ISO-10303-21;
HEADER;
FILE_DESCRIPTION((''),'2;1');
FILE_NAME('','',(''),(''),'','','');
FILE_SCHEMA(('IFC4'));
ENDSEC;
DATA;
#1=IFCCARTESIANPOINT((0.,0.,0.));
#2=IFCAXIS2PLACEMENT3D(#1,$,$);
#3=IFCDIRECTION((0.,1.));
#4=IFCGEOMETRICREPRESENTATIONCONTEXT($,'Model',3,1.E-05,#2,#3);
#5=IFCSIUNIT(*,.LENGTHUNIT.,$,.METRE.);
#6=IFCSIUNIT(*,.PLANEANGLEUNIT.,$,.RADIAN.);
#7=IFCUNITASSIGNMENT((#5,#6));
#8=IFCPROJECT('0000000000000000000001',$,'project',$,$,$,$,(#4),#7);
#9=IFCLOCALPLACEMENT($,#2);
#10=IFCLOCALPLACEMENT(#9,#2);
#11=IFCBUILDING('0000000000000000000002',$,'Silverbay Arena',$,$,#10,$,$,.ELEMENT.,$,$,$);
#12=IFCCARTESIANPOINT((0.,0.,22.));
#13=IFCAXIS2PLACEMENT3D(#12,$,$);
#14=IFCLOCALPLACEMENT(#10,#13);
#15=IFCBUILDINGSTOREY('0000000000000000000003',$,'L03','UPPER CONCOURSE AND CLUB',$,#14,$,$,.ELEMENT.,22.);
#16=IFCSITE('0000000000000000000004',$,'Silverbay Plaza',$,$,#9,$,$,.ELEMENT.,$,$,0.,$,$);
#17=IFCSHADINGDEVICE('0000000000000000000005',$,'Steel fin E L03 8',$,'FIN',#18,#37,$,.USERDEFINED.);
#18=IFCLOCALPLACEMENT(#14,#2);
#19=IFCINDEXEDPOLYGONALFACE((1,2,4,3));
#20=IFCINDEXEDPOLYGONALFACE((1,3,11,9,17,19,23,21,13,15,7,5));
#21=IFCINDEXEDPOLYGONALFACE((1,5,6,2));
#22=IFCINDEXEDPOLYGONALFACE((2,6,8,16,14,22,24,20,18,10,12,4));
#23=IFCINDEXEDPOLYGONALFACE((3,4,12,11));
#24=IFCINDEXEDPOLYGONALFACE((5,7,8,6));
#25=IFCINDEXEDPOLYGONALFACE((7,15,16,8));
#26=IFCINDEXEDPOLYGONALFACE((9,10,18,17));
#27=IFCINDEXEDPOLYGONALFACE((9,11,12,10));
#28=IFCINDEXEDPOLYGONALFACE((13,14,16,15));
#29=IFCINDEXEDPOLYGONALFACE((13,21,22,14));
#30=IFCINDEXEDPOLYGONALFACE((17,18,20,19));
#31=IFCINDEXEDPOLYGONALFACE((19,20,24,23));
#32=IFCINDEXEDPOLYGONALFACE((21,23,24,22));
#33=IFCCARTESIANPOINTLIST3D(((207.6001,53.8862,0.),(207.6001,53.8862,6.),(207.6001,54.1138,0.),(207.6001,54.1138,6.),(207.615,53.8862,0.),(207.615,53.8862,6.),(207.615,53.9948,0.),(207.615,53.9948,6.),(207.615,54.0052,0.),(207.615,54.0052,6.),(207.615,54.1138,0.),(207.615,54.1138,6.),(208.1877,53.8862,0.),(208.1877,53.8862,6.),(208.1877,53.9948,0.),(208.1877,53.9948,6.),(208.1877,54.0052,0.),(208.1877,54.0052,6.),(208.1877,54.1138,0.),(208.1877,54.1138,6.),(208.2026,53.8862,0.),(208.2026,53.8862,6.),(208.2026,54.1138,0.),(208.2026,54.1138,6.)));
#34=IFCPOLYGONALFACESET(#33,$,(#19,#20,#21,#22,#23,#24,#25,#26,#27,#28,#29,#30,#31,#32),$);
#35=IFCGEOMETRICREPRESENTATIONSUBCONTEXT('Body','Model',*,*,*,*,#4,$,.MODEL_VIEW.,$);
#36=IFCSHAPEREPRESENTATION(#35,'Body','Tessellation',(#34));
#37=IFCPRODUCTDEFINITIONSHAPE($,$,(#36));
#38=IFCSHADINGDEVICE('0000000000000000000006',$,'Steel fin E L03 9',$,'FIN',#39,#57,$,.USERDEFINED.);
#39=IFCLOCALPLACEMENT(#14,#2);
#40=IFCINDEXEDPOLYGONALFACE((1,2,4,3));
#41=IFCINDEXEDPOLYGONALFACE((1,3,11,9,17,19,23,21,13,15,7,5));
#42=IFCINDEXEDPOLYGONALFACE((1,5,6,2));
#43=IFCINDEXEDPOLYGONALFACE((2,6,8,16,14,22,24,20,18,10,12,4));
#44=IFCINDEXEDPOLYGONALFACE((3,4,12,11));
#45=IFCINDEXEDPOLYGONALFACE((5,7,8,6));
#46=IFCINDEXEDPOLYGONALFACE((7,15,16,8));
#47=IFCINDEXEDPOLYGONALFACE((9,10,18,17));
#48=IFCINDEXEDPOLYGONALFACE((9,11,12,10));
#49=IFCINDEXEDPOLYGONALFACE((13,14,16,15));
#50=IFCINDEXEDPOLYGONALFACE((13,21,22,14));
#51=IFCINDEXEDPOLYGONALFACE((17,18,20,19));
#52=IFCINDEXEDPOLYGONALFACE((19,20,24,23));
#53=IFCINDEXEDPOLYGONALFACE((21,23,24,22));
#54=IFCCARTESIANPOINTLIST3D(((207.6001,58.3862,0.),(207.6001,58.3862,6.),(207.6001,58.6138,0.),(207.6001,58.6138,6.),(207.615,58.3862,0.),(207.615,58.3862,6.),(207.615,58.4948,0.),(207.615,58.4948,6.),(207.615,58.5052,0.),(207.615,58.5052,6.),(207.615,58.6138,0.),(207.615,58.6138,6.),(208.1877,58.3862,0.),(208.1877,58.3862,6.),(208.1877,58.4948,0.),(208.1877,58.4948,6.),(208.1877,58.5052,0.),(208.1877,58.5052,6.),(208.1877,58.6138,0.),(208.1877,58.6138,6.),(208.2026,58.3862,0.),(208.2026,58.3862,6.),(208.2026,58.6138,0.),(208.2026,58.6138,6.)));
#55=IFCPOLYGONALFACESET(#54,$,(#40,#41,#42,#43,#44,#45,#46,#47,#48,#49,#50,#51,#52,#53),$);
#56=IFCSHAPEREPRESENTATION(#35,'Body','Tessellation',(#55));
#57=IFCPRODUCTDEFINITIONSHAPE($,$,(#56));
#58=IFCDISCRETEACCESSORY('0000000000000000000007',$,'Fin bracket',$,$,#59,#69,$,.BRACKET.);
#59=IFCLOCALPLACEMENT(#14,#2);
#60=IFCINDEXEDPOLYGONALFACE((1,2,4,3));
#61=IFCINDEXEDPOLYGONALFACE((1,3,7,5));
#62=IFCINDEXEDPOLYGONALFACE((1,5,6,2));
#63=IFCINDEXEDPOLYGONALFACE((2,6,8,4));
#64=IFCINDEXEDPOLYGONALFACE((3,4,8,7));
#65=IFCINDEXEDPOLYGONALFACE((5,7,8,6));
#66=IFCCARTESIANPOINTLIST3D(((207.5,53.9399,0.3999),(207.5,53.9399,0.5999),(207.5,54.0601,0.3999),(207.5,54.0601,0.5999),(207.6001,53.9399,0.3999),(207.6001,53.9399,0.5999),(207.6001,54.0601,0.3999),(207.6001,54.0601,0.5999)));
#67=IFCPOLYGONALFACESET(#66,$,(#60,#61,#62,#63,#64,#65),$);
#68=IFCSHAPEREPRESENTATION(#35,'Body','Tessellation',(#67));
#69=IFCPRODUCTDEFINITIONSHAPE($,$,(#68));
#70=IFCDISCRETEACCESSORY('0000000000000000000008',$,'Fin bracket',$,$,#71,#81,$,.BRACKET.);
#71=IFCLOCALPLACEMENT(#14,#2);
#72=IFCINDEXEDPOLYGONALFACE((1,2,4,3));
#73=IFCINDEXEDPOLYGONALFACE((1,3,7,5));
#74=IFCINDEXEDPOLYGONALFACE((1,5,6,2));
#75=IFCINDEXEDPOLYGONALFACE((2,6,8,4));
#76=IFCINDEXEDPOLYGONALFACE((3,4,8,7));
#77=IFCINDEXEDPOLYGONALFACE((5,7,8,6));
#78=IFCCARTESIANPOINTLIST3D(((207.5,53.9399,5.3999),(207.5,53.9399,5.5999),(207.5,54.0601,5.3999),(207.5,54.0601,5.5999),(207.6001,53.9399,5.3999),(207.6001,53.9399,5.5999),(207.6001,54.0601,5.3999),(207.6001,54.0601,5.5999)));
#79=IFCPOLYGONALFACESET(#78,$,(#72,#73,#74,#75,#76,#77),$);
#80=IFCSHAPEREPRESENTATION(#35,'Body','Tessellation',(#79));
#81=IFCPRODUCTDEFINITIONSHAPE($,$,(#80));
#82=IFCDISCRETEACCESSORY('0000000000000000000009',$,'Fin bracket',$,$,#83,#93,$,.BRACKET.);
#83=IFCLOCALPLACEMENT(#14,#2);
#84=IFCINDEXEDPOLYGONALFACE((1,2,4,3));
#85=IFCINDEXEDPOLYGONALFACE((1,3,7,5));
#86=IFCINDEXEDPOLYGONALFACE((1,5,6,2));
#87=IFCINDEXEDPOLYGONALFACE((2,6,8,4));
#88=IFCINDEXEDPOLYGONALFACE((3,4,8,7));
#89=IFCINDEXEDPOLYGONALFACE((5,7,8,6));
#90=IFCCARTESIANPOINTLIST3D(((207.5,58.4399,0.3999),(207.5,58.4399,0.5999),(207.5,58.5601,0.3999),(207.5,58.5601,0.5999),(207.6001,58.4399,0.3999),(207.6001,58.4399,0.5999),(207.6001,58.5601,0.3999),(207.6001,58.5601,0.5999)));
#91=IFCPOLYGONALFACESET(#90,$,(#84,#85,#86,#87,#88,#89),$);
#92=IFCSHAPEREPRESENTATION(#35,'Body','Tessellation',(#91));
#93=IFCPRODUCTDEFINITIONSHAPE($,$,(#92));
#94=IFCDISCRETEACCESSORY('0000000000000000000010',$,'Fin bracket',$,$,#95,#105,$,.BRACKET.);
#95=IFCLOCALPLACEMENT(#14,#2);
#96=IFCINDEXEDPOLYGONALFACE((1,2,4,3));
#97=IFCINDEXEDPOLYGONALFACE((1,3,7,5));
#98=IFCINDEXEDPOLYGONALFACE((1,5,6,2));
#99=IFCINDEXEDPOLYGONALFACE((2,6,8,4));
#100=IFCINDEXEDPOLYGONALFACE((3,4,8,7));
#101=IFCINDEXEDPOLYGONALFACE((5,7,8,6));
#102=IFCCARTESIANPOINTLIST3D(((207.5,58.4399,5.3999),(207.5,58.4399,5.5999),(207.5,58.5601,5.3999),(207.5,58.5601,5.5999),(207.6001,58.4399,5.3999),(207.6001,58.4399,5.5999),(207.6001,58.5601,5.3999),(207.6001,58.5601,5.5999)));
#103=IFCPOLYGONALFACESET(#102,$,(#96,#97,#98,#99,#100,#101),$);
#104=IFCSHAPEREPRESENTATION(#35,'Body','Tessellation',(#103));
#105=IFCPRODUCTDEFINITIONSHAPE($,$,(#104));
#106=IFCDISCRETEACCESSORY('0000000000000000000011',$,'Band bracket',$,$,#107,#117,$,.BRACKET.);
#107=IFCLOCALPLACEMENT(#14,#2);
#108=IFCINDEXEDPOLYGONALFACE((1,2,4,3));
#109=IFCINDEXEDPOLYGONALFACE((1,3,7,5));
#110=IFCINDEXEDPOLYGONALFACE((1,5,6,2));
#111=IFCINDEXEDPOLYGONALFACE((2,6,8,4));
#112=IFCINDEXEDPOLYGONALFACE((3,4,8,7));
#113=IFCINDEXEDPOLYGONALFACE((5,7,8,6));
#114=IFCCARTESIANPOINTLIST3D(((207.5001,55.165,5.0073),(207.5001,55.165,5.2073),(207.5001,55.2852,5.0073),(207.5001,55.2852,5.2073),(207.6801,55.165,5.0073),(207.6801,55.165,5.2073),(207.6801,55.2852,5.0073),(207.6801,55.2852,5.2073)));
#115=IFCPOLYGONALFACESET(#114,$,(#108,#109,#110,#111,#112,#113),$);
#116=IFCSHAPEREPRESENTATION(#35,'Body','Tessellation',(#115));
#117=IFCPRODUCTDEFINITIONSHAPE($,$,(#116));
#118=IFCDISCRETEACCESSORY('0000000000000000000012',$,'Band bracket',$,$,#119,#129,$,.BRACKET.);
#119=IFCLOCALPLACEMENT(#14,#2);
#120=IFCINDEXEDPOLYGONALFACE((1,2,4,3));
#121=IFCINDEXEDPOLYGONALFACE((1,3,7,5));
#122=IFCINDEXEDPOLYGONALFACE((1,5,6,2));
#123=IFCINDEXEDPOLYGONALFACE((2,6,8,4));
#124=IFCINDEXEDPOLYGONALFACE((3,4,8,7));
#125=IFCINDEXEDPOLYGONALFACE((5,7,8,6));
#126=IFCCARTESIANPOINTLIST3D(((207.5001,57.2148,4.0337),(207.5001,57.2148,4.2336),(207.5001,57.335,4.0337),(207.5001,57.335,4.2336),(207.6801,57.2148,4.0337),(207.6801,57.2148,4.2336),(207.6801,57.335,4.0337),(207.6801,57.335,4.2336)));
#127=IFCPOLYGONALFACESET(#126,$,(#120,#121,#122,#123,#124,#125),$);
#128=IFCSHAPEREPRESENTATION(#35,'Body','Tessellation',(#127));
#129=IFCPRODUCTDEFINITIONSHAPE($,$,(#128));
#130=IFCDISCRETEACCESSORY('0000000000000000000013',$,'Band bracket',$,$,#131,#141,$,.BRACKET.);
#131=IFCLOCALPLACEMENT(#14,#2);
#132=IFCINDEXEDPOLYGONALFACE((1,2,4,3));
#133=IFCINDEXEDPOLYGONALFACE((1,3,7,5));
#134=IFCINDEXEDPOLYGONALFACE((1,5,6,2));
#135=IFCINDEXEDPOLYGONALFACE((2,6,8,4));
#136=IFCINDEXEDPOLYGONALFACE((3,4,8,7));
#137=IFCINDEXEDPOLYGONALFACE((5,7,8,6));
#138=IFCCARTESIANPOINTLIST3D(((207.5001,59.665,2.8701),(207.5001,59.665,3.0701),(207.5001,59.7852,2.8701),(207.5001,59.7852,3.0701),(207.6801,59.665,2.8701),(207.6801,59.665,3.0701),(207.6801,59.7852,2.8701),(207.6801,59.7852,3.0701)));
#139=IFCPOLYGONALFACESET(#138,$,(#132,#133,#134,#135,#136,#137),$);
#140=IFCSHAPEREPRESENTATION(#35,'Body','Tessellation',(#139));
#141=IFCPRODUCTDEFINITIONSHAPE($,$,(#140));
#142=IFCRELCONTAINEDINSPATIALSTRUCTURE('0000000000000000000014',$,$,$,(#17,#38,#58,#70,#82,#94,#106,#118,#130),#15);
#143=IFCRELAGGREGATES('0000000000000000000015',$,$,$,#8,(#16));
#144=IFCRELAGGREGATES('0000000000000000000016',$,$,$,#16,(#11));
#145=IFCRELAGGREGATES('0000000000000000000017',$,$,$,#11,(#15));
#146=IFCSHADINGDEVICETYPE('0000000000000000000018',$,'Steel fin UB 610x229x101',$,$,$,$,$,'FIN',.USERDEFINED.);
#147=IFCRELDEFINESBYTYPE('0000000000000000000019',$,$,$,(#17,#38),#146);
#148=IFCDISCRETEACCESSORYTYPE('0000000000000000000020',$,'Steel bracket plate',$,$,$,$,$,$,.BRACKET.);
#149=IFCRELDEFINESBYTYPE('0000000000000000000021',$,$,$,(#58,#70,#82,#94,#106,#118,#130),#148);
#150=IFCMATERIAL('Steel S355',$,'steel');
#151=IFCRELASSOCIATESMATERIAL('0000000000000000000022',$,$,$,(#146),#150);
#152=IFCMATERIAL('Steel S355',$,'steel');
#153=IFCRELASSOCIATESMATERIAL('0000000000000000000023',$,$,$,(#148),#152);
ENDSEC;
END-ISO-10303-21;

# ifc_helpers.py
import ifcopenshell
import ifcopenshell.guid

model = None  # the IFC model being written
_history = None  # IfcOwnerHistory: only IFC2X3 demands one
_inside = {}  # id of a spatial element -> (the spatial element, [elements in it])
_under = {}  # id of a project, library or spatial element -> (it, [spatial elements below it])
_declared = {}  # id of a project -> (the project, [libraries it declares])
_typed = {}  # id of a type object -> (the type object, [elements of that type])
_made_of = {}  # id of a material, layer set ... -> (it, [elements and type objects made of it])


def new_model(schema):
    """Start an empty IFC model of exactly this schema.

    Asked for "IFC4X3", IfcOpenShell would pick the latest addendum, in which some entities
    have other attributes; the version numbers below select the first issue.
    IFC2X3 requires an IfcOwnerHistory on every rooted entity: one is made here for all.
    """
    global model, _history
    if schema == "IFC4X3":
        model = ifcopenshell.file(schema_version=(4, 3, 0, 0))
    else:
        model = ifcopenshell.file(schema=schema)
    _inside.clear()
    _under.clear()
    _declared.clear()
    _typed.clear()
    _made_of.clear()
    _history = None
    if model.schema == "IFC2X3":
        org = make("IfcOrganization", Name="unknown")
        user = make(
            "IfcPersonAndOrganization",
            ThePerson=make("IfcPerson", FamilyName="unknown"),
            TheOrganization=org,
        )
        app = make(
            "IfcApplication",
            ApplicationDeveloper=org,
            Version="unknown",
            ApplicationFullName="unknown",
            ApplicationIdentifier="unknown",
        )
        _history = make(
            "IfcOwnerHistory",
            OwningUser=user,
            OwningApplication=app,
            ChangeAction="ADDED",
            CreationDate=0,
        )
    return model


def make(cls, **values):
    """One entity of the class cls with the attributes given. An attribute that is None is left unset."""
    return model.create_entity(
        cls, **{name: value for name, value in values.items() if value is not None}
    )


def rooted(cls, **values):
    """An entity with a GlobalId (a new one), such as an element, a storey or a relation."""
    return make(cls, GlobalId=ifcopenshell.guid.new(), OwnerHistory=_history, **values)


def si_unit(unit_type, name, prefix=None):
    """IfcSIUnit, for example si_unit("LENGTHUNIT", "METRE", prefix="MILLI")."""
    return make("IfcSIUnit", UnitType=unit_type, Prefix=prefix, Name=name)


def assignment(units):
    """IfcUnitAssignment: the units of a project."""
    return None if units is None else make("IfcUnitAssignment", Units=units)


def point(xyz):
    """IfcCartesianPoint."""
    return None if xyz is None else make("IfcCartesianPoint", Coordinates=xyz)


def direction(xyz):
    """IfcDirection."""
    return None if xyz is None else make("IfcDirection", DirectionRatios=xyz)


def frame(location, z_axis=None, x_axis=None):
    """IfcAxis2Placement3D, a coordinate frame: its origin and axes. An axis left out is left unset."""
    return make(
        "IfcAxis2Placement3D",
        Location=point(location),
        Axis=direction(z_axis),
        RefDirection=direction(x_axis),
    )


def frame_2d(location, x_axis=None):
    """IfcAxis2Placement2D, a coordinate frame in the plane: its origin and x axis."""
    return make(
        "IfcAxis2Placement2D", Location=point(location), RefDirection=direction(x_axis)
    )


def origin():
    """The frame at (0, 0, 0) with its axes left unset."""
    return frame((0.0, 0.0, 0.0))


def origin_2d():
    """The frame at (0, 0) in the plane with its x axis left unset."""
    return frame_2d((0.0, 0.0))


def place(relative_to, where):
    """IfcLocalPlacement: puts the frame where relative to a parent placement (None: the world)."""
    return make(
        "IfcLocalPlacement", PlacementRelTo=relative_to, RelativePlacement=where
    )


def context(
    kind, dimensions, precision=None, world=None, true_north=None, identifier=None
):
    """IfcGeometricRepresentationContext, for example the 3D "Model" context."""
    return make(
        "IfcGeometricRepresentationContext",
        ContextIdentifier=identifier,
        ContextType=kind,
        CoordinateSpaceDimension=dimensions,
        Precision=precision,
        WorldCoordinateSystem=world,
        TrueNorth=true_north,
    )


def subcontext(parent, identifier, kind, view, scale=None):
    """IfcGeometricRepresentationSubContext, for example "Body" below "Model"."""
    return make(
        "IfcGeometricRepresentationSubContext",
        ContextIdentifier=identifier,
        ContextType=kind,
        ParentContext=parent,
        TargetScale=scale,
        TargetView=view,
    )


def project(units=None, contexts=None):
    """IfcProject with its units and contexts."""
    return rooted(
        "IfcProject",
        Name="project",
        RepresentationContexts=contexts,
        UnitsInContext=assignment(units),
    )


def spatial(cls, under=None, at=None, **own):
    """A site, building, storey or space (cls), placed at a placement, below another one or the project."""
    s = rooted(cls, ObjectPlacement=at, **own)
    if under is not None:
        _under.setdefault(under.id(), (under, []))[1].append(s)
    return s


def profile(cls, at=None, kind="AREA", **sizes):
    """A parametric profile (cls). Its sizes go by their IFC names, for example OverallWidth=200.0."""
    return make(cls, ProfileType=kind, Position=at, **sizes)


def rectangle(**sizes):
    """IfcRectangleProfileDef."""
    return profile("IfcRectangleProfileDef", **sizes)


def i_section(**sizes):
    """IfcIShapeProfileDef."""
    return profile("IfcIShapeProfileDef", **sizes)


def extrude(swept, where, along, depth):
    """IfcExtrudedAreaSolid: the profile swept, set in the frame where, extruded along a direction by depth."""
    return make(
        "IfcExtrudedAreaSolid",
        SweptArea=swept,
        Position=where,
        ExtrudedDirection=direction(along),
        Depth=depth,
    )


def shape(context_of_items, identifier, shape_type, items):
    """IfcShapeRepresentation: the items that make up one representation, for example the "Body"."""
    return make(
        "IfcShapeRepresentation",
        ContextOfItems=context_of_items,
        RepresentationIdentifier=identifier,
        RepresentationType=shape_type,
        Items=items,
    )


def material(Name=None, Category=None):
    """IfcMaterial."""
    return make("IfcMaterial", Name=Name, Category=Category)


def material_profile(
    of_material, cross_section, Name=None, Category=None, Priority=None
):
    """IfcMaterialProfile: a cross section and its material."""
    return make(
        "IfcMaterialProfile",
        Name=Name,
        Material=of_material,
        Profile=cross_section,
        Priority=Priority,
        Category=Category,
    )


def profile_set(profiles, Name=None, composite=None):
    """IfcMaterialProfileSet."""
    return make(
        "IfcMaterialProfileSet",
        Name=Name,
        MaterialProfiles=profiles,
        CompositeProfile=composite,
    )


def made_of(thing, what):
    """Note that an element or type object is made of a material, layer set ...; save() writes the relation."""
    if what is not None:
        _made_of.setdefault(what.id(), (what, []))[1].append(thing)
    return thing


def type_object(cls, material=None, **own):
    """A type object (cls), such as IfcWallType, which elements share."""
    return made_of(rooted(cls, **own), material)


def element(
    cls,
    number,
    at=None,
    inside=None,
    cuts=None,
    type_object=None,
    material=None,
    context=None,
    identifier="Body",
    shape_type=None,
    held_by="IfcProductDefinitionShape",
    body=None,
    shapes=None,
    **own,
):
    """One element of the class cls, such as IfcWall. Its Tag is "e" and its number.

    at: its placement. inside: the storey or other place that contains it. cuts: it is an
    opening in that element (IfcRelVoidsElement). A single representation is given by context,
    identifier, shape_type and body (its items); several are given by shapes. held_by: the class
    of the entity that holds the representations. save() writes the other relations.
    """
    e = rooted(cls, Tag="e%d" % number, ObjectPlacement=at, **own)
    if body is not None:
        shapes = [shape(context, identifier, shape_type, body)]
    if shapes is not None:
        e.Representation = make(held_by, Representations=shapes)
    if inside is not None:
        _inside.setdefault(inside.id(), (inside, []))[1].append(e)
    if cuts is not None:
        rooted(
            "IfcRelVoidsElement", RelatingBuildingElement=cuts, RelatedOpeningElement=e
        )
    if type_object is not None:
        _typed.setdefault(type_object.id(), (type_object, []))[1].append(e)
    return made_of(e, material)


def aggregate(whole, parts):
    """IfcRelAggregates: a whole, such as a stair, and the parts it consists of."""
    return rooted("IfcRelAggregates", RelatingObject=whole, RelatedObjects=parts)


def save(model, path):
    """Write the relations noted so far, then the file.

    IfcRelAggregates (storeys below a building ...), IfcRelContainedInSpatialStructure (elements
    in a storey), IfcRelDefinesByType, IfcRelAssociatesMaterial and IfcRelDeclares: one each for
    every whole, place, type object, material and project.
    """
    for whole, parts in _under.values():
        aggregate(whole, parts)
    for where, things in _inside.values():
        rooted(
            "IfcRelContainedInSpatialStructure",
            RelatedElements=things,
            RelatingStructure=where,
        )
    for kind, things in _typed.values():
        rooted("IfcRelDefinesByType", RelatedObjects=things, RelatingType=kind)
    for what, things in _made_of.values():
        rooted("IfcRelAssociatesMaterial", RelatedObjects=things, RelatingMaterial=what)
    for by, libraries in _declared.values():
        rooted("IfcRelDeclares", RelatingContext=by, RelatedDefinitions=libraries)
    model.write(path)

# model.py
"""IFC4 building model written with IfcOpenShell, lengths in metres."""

from ifc_helpers import new_model, si_unit, direction, frame, origin, origin_2d, place, context, subcontext, project, spatial, rectangle, i_section, extrude, material, material_profile, profile_set, type_object, element, save


model = new_model("IFC4")

# Units and contexts
model_context = context("Model", 3, precision=1e-05, world=origin(), true_north=direction((0.0, 1.0)))
body_context = subcontext(model_context, "Body", "Model", "MODEL_VIEW")
ifc_project = project(units=[si_unit("LENGTHUNIT", "METRE"), si_unit("PLANEANGLEUNIT", "RADIAN")], contexts=[model_context])

# Site, building, storey
site_placement = place(None, origin())
site = spatial("IfcSite", under=ifc_project, at=site_placement, Name="Silverbay Plaza", CompositionType="ELEMENT", RefElevation=0.0)
building_placement = place(site_placement, origin())
building = spatial("IfcBuilding", under=site, at=building_placement, Name="Silverbay Arena", CompositionType="ELEMENT")
storey_placement = place(building_placement, frame((0.0, 0.0, 22.0)))
storey = spatial("IfcBuildingStorey", under=building, at=storey_placement, Name="L03", Description="UPPER CONCOURSE AND CLUB", CompositionType="ELEMENT", Elevation=22.0)

# Shading devices
ifc_material_1 = material(Name="Steel S355", Category="steel")
ifc_material_profile_1 = material_profile(ifc_material_1, i_section(OverallWidth=0.2275, OverallDepth=0.6025, WebThickness=0.0105, FlangeThickness=0.0149, at=origin_2d()), Name="UB 610x229x101")
ifc_profile_set_1 = profile_set([ifc_material_profile_1], Name="Steel S355")
shading_device_type = type_object("IfcShadingDeviceType", Name="Steel fin UB 610x229x101", ElementType="FIN", PredefinedType="USERDEFINED", material=ifc_profile_set_1)
for number, where, z_axis, x_axis, name in (
    (1, (207.9014, 54.0, 0.0), (0.0, 0.0, 1.0), (0.0, 1.0, 0.0), "Steel fin E L03 8"),
    (2, (207.9014, 58.5, 0.0), (0.0, 0.0, 1.0), (0.0, 1.0, 0.0), "Steel fin E L03 9"),
):
    element("IfcShadingDevice", number, at=place(storey_placement, frame(where, z_axis=z_axis, x_axis=x_axis)), inside=storey, type_object=shading_device_type, Name=name, ObjectType="FIN", PredefinedType="USERDEFINED", context=body_context, shape_type="SweptSolid", body=[
        extrude(i_section(OverallWidth=0.2275, OverallDepth=0.6025, WebThickness=0.0105, FlangeThickness=0.0149, at=origin_2d()), origin(), (0.0, 0.0, 1.0), 6.0),
    ])

# Discrete accessories
ifc_material_2 = material(Name="Steel S355", Category="steel")
discrete_accessory_type = type_object("IfcDiscreteAccessoryType", Name="Steel bracket plate", PredefinedType="BRACKET", material=ifc_material_2)
for number, where, z_axis, x_axis, name in (
    (3, (207.55, 54.0, 0.3999), (0.0, 0.0, 1.0), (1.0, 0.0, 0.0), "Fin bracket"),
    (4, (207.55, 54.0, 5.3999), (0.0, 0.0, 1.0), (1.0, 0.0, 0.0), "Fin bracket"),
    (5, (207.55, 58.5, 0.3999), (0.0, 0.0, 1.0), (1.0, 0.0, 0.0), "Fin bracket"),
    (6, (207.55, 58.5, 5.3999), (0.0, 0.0, 1.0), (1.0, 0.0, 0.0), "Fin bracket"),
):
    element("IfcDiscreteAccessory", number, at=place(storey_placement, frame(where, z_axis=z_axis, x_axis=x_axis)), inside=storey, type_object=discrete_accessory_type, Name=name, PredefinedType="BRACKET", context=body_context, shape_type="SweptSolid", body=[
        extrude(rectangle(XDim=0.1001, YDim=0.1201, at=origin_2d()), origin(), (0.0, 0.0, 1.0), 0.2),
    ])
for number, where, z_axis, x_axis, name in (
    (7, (207.5901, 55.2251, 5.0073), (0.0, 0.0, 1.0), (1.0, 0.0, 0.0), "Band bracket"),
    (8, (207.5901, 57.2749, 4.0337), (0.0, 0.0, 1.0), (1.0, 0.0, 0.0), "Band bracket"),
    (9, (207.5901, 59.7251, 2.8701), (0.0, 0.0, 1.0), (1.0, 0.0, 0.0), "Band bracket"),
):
    element("IfcDiscreteAccessory", number, at=place(storey_placement, frame(where, z_axis=z_axis, x_axis=x_axis)), inside=storey, type_object=discrete_accessory_type, Name=name, PredefinedType="BRACKET", context=body_context, shape_type="SweptSolid", body=[
        extrude(rectangle(XDim=0.1799, YDim=0.1201, at=origin_2d()), origin(), (0.0, 0.0, 1.0), 0.2),
    ])

save(model, "model.ifc")
